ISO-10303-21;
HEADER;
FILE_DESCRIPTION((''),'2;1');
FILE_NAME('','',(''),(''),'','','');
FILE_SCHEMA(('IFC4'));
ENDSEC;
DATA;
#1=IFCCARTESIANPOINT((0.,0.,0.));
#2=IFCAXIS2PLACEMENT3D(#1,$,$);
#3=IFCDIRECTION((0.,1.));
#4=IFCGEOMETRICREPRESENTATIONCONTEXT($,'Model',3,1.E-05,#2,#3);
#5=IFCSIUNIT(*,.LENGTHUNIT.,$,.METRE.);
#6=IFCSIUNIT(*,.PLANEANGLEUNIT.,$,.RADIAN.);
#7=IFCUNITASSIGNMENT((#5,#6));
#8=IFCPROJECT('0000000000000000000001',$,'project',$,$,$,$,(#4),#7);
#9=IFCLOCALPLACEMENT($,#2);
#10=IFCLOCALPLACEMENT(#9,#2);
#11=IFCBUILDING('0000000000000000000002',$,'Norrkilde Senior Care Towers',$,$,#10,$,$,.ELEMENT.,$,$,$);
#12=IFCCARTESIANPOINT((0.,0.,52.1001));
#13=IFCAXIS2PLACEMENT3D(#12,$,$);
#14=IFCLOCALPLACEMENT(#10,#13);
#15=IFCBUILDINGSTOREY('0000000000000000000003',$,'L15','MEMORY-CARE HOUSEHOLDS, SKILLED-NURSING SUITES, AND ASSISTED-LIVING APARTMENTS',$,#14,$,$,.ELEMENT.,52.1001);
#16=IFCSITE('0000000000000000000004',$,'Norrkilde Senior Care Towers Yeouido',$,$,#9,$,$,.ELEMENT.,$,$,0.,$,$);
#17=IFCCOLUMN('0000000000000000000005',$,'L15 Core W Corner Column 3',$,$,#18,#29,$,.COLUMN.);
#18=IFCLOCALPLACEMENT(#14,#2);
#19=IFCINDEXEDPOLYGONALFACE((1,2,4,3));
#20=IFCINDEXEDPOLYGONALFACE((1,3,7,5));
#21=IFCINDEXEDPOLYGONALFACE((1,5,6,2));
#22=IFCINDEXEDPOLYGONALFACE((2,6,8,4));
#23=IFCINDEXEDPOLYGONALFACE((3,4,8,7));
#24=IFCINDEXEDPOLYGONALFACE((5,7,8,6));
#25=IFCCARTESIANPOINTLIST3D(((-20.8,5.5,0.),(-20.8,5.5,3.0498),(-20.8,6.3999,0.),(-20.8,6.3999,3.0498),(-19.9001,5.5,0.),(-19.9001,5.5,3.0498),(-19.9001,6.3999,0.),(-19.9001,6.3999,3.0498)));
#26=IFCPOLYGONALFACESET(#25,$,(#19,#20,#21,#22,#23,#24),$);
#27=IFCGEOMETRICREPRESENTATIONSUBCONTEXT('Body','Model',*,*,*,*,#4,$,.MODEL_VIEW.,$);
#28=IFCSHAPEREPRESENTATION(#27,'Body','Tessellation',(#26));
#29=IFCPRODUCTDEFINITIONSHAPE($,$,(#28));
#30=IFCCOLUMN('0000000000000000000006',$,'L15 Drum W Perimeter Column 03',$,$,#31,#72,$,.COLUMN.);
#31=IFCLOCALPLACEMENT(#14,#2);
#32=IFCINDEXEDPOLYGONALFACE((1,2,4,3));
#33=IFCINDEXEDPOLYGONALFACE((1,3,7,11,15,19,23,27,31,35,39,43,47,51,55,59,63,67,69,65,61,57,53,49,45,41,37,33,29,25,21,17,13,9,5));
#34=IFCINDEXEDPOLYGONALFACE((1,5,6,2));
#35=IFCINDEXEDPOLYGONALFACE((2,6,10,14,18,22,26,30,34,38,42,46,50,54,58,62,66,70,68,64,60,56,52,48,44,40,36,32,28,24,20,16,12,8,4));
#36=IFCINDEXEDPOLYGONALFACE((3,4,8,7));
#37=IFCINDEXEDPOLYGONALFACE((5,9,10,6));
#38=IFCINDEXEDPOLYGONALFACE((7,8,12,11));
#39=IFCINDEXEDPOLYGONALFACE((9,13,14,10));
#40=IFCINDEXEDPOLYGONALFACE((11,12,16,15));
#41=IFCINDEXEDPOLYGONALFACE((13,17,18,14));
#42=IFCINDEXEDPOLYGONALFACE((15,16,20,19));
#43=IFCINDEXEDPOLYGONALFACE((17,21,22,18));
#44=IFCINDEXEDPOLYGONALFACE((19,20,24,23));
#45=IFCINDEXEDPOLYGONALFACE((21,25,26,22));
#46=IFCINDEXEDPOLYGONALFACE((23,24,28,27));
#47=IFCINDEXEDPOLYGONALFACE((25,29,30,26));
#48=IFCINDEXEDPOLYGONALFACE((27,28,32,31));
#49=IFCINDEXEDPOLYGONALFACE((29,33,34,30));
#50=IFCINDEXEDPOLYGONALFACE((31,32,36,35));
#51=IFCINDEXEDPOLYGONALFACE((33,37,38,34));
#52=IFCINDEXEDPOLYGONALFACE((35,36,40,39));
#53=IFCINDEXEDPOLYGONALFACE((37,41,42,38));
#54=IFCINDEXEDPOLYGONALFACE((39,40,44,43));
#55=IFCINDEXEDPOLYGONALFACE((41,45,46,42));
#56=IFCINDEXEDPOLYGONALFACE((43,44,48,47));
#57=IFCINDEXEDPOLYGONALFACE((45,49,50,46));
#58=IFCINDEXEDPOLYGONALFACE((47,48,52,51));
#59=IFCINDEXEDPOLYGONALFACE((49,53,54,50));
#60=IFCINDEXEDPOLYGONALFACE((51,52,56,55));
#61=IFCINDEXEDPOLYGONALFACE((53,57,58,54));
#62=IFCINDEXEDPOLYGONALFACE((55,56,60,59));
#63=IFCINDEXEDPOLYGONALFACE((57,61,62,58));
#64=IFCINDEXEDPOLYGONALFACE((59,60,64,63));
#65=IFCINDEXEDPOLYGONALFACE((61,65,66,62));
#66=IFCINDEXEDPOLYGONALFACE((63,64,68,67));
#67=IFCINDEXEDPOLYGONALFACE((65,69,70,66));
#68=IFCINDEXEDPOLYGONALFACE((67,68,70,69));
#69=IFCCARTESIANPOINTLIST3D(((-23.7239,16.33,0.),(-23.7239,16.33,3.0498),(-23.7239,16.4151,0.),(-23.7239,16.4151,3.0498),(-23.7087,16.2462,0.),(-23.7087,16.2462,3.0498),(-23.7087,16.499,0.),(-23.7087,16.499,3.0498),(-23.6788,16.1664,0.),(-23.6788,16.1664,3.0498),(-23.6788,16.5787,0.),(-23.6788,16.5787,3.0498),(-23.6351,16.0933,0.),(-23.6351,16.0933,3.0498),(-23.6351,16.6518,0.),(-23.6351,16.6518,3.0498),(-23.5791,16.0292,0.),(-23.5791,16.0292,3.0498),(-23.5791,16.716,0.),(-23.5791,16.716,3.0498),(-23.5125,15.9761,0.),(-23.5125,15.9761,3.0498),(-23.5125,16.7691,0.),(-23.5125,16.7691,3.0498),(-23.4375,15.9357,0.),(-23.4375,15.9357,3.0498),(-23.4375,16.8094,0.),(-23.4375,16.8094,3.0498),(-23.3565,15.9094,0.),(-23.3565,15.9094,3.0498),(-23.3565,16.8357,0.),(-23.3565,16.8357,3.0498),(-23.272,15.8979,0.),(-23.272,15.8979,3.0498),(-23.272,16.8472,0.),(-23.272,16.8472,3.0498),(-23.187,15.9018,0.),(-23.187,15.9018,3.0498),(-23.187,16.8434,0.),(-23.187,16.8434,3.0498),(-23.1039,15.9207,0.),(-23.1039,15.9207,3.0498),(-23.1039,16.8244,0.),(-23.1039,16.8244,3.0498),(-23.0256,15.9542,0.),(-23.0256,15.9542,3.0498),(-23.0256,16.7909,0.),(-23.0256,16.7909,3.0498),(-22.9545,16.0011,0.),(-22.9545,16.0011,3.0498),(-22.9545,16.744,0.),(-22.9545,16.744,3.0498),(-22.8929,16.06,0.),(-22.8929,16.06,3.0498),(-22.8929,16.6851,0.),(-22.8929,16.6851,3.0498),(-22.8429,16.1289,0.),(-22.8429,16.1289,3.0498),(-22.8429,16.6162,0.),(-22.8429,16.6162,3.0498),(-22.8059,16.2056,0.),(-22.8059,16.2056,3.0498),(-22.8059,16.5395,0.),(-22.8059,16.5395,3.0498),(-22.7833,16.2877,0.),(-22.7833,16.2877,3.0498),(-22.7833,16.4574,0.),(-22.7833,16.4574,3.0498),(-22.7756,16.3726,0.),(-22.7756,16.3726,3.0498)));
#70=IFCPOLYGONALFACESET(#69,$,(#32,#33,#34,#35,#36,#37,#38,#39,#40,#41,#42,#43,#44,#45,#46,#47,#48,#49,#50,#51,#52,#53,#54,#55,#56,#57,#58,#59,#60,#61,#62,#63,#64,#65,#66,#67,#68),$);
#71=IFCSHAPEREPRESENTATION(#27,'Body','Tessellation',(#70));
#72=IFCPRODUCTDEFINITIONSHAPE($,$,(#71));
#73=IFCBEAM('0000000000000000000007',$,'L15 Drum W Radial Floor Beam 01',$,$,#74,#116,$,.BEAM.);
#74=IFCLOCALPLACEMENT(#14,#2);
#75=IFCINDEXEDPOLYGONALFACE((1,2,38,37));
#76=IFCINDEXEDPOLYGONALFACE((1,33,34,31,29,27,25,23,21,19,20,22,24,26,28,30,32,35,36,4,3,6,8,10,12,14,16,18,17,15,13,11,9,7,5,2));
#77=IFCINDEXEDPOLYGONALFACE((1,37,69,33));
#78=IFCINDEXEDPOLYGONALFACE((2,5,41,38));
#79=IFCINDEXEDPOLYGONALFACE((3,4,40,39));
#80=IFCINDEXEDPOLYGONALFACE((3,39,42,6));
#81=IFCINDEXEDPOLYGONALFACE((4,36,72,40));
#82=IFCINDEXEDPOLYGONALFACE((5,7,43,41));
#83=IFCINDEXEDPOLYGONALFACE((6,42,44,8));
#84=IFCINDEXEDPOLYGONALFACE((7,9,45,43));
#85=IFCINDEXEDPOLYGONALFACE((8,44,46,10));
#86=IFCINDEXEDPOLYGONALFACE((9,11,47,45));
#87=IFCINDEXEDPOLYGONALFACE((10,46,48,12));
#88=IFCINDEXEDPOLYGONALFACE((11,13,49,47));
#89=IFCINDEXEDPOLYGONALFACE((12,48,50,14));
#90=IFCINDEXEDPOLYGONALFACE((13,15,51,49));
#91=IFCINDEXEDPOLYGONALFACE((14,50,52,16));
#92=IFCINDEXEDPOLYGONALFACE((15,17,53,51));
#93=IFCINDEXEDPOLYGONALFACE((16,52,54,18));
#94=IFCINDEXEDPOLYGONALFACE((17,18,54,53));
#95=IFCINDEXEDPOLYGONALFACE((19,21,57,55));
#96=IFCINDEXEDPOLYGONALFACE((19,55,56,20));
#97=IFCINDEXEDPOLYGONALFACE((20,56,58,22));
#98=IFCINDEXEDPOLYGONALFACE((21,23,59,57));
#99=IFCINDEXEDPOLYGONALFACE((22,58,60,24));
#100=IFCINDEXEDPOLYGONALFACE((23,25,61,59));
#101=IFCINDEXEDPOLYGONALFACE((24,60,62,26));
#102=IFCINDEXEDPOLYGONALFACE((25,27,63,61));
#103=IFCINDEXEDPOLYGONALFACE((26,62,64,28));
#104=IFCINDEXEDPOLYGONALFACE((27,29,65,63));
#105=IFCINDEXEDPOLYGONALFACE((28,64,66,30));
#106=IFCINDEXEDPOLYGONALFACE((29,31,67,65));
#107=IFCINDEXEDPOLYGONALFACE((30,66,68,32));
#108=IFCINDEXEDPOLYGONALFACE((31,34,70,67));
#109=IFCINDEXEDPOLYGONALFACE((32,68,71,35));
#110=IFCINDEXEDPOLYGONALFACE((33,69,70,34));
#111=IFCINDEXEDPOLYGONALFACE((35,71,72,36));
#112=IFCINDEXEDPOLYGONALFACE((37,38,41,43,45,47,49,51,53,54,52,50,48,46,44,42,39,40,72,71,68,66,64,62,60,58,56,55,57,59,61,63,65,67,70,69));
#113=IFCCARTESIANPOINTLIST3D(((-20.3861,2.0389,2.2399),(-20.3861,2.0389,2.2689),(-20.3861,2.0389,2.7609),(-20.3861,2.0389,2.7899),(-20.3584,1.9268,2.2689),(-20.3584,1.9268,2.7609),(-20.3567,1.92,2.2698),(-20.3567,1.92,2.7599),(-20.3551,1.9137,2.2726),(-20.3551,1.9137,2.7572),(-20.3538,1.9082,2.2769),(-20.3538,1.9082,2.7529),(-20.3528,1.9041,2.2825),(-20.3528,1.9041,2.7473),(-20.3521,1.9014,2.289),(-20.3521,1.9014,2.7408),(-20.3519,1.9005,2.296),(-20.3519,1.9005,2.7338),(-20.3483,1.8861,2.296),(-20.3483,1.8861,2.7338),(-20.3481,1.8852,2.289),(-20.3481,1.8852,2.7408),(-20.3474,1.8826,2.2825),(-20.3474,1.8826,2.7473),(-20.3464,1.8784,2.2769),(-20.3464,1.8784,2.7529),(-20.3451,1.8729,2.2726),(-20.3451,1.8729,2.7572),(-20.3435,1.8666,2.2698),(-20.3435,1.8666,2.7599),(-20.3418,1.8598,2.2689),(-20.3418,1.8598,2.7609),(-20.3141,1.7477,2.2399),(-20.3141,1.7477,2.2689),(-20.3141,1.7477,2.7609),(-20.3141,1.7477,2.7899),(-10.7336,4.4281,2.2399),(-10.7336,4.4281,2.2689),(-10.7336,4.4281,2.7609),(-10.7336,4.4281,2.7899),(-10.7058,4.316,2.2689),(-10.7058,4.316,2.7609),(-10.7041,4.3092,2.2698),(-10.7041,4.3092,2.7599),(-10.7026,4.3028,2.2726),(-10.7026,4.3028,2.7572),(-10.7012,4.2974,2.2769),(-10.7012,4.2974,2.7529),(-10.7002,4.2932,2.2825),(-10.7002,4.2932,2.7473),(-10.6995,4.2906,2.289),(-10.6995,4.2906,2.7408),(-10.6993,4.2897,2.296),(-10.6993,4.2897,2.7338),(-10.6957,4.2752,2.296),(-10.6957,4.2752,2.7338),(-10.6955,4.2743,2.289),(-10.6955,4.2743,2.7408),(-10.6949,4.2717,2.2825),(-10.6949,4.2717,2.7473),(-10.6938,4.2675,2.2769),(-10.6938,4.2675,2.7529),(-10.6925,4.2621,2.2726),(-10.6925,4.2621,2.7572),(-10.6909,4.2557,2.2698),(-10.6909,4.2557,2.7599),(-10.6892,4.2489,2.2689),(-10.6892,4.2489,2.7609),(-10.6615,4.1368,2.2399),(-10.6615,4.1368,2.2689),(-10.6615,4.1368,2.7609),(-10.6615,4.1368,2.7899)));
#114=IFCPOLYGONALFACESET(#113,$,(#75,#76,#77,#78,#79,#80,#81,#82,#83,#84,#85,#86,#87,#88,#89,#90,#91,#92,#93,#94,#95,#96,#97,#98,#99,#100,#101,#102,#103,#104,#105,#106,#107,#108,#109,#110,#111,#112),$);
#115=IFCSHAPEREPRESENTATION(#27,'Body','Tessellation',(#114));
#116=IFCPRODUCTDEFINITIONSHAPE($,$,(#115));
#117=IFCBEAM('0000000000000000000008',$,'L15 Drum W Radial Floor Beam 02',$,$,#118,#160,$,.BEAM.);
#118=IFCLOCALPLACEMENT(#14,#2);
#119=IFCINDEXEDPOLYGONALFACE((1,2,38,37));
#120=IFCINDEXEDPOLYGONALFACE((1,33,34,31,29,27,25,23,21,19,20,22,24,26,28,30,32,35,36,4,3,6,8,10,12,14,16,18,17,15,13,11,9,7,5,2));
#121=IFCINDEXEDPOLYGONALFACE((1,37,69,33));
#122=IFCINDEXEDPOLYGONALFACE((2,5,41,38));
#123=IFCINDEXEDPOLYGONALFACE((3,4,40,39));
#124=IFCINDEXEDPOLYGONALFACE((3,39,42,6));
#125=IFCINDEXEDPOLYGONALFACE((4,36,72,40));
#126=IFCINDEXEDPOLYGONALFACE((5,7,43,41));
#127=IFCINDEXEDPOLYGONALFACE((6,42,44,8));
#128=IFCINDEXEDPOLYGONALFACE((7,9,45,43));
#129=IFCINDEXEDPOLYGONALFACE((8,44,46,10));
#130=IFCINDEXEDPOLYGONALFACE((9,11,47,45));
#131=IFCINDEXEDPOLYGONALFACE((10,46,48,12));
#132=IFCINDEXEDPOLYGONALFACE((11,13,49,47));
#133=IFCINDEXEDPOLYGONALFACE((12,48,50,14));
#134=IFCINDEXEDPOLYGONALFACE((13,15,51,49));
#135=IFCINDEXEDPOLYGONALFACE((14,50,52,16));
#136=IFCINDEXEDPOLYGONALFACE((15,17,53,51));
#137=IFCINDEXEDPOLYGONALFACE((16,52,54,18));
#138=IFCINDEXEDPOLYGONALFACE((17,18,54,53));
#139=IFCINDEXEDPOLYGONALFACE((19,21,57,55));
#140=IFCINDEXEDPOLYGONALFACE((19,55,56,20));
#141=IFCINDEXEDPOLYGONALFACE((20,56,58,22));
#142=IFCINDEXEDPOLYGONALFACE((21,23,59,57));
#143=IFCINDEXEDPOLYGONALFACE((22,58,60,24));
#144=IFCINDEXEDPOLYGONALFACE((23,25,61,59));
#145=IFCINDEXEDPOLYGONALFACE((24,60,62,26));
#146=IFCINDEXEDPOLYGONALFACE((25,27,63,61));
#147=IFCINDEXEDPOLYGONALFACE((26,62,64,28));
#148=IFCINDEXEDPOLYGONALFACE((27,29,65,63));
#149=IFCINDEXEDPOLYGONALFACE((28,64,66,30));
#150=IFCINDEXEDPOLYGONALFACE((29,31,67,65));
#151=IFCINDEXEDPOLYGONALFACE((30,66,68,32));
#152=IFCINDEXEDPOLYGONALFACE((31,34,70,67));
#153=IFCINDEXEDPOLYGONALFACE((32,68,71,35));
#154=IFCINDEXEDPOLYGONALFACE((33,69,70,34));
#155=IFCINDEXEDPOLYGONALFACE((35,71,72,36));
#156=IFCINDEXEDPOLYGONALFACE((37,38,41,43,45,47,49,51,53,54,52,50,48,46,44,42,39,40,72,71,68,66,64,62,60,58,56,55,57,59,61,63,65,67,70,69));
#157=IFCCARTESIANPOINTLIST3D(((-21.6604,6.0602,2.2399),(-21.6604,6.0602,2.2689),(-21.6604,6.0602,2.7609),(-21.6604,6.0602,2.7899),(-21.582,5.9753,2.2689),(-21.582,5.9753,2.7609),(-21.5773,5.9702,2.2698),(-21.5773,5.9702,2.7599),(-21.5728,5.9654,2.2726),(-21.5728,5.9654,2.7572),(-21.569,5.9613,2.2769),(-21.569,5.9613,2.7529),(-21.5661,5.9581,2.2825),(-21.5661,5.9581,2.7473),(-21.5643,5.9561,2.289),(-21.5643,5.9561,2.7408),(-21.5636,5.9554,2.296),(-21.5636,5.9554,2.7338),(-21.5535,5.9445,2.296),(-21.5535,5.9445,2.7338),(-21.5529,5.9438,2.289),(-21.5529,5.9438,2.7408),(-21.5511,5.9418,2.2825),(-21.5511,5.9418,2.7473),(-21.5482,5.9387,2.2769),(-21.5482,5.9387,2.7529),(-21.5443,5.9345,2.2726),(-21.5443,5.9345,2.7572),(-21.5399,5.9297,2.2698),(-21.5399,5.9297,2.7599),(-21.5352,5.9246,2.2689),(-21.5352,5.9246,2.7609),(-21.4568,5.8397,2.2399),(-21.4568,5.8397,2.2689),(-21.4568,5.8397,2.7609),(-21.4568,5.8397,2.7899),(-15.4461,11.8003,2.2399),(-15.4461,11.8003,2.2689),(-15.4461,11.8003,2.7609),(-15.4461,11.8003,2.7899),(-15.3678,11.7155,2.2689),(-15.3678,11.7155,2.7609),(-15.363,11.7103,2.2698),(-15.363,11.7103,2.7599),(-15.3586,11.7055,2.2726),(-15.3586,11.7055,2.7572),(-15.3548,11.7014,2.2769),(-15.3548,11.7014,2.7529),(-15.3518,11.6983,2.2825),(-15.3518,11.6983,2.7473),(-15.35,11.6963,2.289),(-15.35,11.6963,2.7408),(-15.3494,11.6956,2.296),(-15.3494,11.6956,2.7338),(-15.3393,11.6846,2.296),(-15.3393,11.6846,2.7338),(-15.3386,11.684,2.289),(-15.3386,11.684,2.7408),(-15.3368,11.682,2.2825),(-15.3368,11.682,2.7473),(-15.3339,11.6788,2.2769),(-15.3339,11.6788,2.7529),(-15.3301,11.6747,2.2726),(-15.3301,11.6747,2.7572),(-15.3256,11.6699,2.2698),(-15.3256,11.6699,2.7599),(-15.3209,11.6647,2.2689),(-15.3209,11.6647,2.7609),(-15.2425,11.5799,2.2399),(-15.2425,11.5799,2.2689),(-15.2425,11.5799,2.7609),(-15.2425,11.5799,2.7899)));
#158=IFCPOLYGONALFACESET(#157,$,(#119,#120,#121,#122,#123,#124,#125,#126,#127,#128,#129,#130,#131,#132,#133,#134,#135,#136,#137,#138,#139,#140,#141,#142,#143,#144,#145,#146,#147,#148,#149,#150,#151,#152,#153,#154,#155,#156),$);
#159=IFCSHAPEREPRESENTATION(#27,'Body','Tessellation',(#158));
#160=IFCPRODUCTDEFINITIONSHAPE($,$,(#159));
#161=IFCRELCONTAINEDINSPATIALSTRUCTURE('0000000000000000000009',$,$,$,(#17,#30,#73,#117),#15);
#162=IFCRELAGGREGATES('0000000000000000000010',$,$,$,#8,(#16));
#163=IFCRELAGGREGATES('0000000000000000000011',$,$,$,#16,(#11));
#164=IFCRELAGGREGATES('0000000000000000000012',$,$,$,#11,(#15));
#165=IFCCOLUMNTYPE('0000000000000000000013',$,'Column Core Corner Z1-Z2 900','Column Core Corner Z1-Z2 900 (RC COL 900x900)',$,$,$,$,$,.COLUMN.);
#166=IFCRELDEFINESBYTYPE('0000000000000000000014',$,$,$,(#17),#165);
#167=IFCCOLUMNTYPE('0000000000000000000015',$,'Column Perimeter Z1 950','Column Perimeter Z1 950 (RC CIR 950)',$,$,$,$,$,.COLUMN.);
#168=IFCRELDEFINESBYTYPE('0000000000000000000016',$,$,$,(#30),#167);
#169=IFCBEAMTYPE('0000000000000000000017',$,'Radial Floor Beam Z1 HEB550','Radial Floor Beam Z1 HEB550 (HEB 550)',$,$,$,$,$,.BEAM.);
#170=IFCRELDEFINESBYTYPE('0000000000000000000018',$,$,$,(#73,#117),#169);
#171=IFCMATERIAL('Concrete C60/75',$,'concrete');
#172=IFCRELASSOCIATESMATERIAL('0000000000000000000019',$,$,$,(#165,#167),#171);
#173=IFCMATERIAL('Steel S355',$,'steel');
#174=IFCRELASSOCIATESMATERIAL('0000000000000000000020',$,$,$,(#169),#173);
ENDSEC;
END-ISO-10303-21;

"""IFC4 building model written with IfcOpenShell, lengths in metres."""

from ifc_helpers import new_model, si_unit, direction, frame, origin, origin_2d, place, context, subcontext, project, spatial, rectangle, circle, i_section, extrude, source, transform, mapped, material, material_profile, profile_set, type_object, type_shapes, element, save


model = new_model("IFC4")

# Units and contexts
model_context = context("Model", 3, precision=1e-05, world=origin(), true_north=direction((0.0, 1.0)))
body_context = subcontext(model_context, "Body", "Model", "MODEL_VIEW")
ifc_project = project(units=[si_unit("LENGTHUNIT", "METRE"), si_unit("PLANEANGLEUNIT", "RADIAN")], contexts=[model_context])

# Site, building, storey
site_placement = place(None, origin())
site = spatial("IfcSite", under=ifc_project, at=site_placement, Name="Norrkilde Senior Care Towers Yeouido", CompositionType="ELEMENT", RefElevation=0.0)
building_placement = place(site_placement, origin())
building = spatial("IfcBuilding", under=site, at=building_placement, Name="Norrkilde Senior Care Towers", CompositionType="ELEMENT")
storey_placement = place(building_placement, frame((0.0, 0.0, 52.1001)))
storey = spatial("IfcBuildingStorey", under=building, at=storey_placement, Name="L15", Description="MEMORY-CARE HOUSEHOLDS, SKILLED-NURSING SUITES, AND ASSISTED-LIVING APARTMENTS", CompositionType="ELEMENT", Elevation=52.1001)

# Columns
ifc_material_1 = material(Name="Concrete C60/75", Category="concrete")
ifc_material_profile_1 = material_profile(ifc_material_1, rectangle(XDim=0.8999, YDim=0.8999, at=origin_2d()), Name="RC COL 900x900")
ifc_profile_set_1 = profile_set([ifc_material_profile_1], Name="Concrete C60/75")
column_type_1 = type_object("IfcColumnType", Name="Column Core Corner Z1-Z2 900", Description="Column Core Corner Z1-Z2 900 (RC COL 900x900)", PredefinedType="COLUMN", material=ifc_profile_set_1)
shared_shape_1 = source(origin(), body_context, "Body", "SweptSolid", [
    extrude(rectangle(XDim=0.8999, YDim=0.8999, at=origin_2d()), origin(), (0.0, 0.0, 1.0), 3.0498),
])
type_shapes(column_type_1, [shared_shape_1])
column_1_placement = place(storey_placement, frame((-20.3501, 5.95, 0.0), z_axis=(0.0, 0.0, 1.0), x_axis=(1.0, 0.0, 0.0)))
element("IfcColumn", 1, at=column_1_placement, inside=storey, type_object=column_type_1, Name="L15 Core W Corner Column 3", PredefinedType="COLUMN", context=body_context, shape_type="MappedRepresentation", body=[
    mapped(shared_shape_1, transform((0.0, 0.0, 0.0), x_axis=(1.0, 0.0, 0.0), y_axis=(0.0, 1.0, 0.0), z_axis=(0.0, 0.0, 1.0), scale=1.0)),
])
ifc_material_profile_2 = material_profile(ifc_material_1, circle(Radius=0.4751, at=origin_2d()), Name="RC CIR 950")
ifc_profile_set_2 = profile_set([ifc_material_profile_2], Name="Concrete C60/75")
column_type_2 = type_object("IfcColumnType", Name="Column Perimeter Z1 950", Description="Column Perimeter Z1 950 (RC CIR 950)", PredefinedType="COLUMN", material=ifc_profile_set_2)
shared_shape_2 = source(origin(), body_context, "Body", "SweptSolid", [
    extrude(circle(Radius=0.4751, at=origin_2d()), origin(), (0.0, 0.0, 1.0), 3.0498),
])
type_shapes(column_type_2, [shared_shape_2])
column_2_placement = place(storey_placement, frame((-23.2507, 16.3726, 0.0), z_axis=(0.0, 0.0, 1.0), x_axis=(1.0, 0.0, 0.0)))
element("IfcColumn", 2, at=column_2_placement, inside=storey, type_object=column_type_2, Name="L15 Drum W Perimeter Column 03", PredefinedType="COLUMN", context=body_context, shape_type="MappedRepresentation", body=[
    mapped(shared_shape_2, transform((0.0, 0.0, 0.0), x_axis=(1.0, 0.0, 0.0), y_axis=(0.0, 1.0, 0.0), z_axis=(0.0, 0.0, 1.0), scale=1.0)),
])

# Beams
ifc_material_2 = material(Name="Steel S355", Category="steel")
ifc_material_profile_3 = material_profile(ifc_material_2, i_section(OverallWidth=0.3, OverallDepth=0.55, WebThickness=0.0149, FlangeThickness=0.0291, FilletRadius=0.0271, at=origin_2d()), Name="HEB 550")
ifc_profile_set_3 = profile_set([ifc_material_profile_3], Name="Steel S355")
beam_type_1 = type_object("IfcBeamType", Name="Radial Floor Beam Z1 HEB550", Description="Radial Floor Beam Z1 HEB550 (HEB 550)", PredefinedType="BEAM", material=ifc_profile_set_3)
shared_shape_3 = source(origin(), body_context, "Body", "SweptSolid", [
    extrude(i_section(OverallWidth=0.3, OverallDepth=0.55, WebThickness=0.0149, FlangeThickness=0.0291, FilletRadius=0.0271, at=origin_2d()), origin(), (0.0, 0.0, 1.0), 9.9438),
])
beam_1_placement = place(storey_placement, frame((-20.3501, 1.8933, 2.5149), z_axis=(0.970707, 0.240265, 0.0), x_axis=(-0.240265, 0.970707, 0.0)))
element("IfcBeam", 3, at=beam_1_placement, inside=storey, type_object=beam_type_1, Name="L15 Drum W Radial Floor Beam 01", PredefinedType="BEAM", context=body_context, shape_type="MappedRepresentation", body=[
    mapped(shared_shape_3, transform((0.0, 0.0, 0.0), x_axis=(1.0, 0.0, 0.0), y_axis=(0.0, 1.0, 0.0), z_axis=(0.0, 0.0, 1.0), scale=1.0)),
])
shared_shape_4 = source(origin(), body_context, "Body", "SweptSolid", [
    extrude(i_section(OverallWidth=0.3, OverallDepth=0.55, WebThickness=0.0149, FlangeThickness=0.0291, FilletRadius=0.0271, at=origin_2d()), origin(), (0.0, 0.0, 1.0), 8.4597),
])
beam_2_placement = place(storey_placement, frame((-21.5586, 5.95, 2.5149), z_axis=(0.734573, 0.678529, 0.0), x_axis=(-0.678529, 0.734573, 0.0)))
element("IfcBeam", 4, at=beam_2_placement, inside=storey, type_object=beam_type_1, Name="L15 Drum W Radial Floor Beam 02", PredefinedType="BEAM", context=body_context, shape_type="MappedRepresentation", body=[
    mapped(shared_shape_4, transform((0.0, 0.0, 0.0), x_axis=(1.0, 0.0, 0.0), y_axis=(0.0, 1.0, 0.0), z_axis=(0.0, 0.0, 1.0), scale=1.0)),
])

save(model, "model.ifc")
